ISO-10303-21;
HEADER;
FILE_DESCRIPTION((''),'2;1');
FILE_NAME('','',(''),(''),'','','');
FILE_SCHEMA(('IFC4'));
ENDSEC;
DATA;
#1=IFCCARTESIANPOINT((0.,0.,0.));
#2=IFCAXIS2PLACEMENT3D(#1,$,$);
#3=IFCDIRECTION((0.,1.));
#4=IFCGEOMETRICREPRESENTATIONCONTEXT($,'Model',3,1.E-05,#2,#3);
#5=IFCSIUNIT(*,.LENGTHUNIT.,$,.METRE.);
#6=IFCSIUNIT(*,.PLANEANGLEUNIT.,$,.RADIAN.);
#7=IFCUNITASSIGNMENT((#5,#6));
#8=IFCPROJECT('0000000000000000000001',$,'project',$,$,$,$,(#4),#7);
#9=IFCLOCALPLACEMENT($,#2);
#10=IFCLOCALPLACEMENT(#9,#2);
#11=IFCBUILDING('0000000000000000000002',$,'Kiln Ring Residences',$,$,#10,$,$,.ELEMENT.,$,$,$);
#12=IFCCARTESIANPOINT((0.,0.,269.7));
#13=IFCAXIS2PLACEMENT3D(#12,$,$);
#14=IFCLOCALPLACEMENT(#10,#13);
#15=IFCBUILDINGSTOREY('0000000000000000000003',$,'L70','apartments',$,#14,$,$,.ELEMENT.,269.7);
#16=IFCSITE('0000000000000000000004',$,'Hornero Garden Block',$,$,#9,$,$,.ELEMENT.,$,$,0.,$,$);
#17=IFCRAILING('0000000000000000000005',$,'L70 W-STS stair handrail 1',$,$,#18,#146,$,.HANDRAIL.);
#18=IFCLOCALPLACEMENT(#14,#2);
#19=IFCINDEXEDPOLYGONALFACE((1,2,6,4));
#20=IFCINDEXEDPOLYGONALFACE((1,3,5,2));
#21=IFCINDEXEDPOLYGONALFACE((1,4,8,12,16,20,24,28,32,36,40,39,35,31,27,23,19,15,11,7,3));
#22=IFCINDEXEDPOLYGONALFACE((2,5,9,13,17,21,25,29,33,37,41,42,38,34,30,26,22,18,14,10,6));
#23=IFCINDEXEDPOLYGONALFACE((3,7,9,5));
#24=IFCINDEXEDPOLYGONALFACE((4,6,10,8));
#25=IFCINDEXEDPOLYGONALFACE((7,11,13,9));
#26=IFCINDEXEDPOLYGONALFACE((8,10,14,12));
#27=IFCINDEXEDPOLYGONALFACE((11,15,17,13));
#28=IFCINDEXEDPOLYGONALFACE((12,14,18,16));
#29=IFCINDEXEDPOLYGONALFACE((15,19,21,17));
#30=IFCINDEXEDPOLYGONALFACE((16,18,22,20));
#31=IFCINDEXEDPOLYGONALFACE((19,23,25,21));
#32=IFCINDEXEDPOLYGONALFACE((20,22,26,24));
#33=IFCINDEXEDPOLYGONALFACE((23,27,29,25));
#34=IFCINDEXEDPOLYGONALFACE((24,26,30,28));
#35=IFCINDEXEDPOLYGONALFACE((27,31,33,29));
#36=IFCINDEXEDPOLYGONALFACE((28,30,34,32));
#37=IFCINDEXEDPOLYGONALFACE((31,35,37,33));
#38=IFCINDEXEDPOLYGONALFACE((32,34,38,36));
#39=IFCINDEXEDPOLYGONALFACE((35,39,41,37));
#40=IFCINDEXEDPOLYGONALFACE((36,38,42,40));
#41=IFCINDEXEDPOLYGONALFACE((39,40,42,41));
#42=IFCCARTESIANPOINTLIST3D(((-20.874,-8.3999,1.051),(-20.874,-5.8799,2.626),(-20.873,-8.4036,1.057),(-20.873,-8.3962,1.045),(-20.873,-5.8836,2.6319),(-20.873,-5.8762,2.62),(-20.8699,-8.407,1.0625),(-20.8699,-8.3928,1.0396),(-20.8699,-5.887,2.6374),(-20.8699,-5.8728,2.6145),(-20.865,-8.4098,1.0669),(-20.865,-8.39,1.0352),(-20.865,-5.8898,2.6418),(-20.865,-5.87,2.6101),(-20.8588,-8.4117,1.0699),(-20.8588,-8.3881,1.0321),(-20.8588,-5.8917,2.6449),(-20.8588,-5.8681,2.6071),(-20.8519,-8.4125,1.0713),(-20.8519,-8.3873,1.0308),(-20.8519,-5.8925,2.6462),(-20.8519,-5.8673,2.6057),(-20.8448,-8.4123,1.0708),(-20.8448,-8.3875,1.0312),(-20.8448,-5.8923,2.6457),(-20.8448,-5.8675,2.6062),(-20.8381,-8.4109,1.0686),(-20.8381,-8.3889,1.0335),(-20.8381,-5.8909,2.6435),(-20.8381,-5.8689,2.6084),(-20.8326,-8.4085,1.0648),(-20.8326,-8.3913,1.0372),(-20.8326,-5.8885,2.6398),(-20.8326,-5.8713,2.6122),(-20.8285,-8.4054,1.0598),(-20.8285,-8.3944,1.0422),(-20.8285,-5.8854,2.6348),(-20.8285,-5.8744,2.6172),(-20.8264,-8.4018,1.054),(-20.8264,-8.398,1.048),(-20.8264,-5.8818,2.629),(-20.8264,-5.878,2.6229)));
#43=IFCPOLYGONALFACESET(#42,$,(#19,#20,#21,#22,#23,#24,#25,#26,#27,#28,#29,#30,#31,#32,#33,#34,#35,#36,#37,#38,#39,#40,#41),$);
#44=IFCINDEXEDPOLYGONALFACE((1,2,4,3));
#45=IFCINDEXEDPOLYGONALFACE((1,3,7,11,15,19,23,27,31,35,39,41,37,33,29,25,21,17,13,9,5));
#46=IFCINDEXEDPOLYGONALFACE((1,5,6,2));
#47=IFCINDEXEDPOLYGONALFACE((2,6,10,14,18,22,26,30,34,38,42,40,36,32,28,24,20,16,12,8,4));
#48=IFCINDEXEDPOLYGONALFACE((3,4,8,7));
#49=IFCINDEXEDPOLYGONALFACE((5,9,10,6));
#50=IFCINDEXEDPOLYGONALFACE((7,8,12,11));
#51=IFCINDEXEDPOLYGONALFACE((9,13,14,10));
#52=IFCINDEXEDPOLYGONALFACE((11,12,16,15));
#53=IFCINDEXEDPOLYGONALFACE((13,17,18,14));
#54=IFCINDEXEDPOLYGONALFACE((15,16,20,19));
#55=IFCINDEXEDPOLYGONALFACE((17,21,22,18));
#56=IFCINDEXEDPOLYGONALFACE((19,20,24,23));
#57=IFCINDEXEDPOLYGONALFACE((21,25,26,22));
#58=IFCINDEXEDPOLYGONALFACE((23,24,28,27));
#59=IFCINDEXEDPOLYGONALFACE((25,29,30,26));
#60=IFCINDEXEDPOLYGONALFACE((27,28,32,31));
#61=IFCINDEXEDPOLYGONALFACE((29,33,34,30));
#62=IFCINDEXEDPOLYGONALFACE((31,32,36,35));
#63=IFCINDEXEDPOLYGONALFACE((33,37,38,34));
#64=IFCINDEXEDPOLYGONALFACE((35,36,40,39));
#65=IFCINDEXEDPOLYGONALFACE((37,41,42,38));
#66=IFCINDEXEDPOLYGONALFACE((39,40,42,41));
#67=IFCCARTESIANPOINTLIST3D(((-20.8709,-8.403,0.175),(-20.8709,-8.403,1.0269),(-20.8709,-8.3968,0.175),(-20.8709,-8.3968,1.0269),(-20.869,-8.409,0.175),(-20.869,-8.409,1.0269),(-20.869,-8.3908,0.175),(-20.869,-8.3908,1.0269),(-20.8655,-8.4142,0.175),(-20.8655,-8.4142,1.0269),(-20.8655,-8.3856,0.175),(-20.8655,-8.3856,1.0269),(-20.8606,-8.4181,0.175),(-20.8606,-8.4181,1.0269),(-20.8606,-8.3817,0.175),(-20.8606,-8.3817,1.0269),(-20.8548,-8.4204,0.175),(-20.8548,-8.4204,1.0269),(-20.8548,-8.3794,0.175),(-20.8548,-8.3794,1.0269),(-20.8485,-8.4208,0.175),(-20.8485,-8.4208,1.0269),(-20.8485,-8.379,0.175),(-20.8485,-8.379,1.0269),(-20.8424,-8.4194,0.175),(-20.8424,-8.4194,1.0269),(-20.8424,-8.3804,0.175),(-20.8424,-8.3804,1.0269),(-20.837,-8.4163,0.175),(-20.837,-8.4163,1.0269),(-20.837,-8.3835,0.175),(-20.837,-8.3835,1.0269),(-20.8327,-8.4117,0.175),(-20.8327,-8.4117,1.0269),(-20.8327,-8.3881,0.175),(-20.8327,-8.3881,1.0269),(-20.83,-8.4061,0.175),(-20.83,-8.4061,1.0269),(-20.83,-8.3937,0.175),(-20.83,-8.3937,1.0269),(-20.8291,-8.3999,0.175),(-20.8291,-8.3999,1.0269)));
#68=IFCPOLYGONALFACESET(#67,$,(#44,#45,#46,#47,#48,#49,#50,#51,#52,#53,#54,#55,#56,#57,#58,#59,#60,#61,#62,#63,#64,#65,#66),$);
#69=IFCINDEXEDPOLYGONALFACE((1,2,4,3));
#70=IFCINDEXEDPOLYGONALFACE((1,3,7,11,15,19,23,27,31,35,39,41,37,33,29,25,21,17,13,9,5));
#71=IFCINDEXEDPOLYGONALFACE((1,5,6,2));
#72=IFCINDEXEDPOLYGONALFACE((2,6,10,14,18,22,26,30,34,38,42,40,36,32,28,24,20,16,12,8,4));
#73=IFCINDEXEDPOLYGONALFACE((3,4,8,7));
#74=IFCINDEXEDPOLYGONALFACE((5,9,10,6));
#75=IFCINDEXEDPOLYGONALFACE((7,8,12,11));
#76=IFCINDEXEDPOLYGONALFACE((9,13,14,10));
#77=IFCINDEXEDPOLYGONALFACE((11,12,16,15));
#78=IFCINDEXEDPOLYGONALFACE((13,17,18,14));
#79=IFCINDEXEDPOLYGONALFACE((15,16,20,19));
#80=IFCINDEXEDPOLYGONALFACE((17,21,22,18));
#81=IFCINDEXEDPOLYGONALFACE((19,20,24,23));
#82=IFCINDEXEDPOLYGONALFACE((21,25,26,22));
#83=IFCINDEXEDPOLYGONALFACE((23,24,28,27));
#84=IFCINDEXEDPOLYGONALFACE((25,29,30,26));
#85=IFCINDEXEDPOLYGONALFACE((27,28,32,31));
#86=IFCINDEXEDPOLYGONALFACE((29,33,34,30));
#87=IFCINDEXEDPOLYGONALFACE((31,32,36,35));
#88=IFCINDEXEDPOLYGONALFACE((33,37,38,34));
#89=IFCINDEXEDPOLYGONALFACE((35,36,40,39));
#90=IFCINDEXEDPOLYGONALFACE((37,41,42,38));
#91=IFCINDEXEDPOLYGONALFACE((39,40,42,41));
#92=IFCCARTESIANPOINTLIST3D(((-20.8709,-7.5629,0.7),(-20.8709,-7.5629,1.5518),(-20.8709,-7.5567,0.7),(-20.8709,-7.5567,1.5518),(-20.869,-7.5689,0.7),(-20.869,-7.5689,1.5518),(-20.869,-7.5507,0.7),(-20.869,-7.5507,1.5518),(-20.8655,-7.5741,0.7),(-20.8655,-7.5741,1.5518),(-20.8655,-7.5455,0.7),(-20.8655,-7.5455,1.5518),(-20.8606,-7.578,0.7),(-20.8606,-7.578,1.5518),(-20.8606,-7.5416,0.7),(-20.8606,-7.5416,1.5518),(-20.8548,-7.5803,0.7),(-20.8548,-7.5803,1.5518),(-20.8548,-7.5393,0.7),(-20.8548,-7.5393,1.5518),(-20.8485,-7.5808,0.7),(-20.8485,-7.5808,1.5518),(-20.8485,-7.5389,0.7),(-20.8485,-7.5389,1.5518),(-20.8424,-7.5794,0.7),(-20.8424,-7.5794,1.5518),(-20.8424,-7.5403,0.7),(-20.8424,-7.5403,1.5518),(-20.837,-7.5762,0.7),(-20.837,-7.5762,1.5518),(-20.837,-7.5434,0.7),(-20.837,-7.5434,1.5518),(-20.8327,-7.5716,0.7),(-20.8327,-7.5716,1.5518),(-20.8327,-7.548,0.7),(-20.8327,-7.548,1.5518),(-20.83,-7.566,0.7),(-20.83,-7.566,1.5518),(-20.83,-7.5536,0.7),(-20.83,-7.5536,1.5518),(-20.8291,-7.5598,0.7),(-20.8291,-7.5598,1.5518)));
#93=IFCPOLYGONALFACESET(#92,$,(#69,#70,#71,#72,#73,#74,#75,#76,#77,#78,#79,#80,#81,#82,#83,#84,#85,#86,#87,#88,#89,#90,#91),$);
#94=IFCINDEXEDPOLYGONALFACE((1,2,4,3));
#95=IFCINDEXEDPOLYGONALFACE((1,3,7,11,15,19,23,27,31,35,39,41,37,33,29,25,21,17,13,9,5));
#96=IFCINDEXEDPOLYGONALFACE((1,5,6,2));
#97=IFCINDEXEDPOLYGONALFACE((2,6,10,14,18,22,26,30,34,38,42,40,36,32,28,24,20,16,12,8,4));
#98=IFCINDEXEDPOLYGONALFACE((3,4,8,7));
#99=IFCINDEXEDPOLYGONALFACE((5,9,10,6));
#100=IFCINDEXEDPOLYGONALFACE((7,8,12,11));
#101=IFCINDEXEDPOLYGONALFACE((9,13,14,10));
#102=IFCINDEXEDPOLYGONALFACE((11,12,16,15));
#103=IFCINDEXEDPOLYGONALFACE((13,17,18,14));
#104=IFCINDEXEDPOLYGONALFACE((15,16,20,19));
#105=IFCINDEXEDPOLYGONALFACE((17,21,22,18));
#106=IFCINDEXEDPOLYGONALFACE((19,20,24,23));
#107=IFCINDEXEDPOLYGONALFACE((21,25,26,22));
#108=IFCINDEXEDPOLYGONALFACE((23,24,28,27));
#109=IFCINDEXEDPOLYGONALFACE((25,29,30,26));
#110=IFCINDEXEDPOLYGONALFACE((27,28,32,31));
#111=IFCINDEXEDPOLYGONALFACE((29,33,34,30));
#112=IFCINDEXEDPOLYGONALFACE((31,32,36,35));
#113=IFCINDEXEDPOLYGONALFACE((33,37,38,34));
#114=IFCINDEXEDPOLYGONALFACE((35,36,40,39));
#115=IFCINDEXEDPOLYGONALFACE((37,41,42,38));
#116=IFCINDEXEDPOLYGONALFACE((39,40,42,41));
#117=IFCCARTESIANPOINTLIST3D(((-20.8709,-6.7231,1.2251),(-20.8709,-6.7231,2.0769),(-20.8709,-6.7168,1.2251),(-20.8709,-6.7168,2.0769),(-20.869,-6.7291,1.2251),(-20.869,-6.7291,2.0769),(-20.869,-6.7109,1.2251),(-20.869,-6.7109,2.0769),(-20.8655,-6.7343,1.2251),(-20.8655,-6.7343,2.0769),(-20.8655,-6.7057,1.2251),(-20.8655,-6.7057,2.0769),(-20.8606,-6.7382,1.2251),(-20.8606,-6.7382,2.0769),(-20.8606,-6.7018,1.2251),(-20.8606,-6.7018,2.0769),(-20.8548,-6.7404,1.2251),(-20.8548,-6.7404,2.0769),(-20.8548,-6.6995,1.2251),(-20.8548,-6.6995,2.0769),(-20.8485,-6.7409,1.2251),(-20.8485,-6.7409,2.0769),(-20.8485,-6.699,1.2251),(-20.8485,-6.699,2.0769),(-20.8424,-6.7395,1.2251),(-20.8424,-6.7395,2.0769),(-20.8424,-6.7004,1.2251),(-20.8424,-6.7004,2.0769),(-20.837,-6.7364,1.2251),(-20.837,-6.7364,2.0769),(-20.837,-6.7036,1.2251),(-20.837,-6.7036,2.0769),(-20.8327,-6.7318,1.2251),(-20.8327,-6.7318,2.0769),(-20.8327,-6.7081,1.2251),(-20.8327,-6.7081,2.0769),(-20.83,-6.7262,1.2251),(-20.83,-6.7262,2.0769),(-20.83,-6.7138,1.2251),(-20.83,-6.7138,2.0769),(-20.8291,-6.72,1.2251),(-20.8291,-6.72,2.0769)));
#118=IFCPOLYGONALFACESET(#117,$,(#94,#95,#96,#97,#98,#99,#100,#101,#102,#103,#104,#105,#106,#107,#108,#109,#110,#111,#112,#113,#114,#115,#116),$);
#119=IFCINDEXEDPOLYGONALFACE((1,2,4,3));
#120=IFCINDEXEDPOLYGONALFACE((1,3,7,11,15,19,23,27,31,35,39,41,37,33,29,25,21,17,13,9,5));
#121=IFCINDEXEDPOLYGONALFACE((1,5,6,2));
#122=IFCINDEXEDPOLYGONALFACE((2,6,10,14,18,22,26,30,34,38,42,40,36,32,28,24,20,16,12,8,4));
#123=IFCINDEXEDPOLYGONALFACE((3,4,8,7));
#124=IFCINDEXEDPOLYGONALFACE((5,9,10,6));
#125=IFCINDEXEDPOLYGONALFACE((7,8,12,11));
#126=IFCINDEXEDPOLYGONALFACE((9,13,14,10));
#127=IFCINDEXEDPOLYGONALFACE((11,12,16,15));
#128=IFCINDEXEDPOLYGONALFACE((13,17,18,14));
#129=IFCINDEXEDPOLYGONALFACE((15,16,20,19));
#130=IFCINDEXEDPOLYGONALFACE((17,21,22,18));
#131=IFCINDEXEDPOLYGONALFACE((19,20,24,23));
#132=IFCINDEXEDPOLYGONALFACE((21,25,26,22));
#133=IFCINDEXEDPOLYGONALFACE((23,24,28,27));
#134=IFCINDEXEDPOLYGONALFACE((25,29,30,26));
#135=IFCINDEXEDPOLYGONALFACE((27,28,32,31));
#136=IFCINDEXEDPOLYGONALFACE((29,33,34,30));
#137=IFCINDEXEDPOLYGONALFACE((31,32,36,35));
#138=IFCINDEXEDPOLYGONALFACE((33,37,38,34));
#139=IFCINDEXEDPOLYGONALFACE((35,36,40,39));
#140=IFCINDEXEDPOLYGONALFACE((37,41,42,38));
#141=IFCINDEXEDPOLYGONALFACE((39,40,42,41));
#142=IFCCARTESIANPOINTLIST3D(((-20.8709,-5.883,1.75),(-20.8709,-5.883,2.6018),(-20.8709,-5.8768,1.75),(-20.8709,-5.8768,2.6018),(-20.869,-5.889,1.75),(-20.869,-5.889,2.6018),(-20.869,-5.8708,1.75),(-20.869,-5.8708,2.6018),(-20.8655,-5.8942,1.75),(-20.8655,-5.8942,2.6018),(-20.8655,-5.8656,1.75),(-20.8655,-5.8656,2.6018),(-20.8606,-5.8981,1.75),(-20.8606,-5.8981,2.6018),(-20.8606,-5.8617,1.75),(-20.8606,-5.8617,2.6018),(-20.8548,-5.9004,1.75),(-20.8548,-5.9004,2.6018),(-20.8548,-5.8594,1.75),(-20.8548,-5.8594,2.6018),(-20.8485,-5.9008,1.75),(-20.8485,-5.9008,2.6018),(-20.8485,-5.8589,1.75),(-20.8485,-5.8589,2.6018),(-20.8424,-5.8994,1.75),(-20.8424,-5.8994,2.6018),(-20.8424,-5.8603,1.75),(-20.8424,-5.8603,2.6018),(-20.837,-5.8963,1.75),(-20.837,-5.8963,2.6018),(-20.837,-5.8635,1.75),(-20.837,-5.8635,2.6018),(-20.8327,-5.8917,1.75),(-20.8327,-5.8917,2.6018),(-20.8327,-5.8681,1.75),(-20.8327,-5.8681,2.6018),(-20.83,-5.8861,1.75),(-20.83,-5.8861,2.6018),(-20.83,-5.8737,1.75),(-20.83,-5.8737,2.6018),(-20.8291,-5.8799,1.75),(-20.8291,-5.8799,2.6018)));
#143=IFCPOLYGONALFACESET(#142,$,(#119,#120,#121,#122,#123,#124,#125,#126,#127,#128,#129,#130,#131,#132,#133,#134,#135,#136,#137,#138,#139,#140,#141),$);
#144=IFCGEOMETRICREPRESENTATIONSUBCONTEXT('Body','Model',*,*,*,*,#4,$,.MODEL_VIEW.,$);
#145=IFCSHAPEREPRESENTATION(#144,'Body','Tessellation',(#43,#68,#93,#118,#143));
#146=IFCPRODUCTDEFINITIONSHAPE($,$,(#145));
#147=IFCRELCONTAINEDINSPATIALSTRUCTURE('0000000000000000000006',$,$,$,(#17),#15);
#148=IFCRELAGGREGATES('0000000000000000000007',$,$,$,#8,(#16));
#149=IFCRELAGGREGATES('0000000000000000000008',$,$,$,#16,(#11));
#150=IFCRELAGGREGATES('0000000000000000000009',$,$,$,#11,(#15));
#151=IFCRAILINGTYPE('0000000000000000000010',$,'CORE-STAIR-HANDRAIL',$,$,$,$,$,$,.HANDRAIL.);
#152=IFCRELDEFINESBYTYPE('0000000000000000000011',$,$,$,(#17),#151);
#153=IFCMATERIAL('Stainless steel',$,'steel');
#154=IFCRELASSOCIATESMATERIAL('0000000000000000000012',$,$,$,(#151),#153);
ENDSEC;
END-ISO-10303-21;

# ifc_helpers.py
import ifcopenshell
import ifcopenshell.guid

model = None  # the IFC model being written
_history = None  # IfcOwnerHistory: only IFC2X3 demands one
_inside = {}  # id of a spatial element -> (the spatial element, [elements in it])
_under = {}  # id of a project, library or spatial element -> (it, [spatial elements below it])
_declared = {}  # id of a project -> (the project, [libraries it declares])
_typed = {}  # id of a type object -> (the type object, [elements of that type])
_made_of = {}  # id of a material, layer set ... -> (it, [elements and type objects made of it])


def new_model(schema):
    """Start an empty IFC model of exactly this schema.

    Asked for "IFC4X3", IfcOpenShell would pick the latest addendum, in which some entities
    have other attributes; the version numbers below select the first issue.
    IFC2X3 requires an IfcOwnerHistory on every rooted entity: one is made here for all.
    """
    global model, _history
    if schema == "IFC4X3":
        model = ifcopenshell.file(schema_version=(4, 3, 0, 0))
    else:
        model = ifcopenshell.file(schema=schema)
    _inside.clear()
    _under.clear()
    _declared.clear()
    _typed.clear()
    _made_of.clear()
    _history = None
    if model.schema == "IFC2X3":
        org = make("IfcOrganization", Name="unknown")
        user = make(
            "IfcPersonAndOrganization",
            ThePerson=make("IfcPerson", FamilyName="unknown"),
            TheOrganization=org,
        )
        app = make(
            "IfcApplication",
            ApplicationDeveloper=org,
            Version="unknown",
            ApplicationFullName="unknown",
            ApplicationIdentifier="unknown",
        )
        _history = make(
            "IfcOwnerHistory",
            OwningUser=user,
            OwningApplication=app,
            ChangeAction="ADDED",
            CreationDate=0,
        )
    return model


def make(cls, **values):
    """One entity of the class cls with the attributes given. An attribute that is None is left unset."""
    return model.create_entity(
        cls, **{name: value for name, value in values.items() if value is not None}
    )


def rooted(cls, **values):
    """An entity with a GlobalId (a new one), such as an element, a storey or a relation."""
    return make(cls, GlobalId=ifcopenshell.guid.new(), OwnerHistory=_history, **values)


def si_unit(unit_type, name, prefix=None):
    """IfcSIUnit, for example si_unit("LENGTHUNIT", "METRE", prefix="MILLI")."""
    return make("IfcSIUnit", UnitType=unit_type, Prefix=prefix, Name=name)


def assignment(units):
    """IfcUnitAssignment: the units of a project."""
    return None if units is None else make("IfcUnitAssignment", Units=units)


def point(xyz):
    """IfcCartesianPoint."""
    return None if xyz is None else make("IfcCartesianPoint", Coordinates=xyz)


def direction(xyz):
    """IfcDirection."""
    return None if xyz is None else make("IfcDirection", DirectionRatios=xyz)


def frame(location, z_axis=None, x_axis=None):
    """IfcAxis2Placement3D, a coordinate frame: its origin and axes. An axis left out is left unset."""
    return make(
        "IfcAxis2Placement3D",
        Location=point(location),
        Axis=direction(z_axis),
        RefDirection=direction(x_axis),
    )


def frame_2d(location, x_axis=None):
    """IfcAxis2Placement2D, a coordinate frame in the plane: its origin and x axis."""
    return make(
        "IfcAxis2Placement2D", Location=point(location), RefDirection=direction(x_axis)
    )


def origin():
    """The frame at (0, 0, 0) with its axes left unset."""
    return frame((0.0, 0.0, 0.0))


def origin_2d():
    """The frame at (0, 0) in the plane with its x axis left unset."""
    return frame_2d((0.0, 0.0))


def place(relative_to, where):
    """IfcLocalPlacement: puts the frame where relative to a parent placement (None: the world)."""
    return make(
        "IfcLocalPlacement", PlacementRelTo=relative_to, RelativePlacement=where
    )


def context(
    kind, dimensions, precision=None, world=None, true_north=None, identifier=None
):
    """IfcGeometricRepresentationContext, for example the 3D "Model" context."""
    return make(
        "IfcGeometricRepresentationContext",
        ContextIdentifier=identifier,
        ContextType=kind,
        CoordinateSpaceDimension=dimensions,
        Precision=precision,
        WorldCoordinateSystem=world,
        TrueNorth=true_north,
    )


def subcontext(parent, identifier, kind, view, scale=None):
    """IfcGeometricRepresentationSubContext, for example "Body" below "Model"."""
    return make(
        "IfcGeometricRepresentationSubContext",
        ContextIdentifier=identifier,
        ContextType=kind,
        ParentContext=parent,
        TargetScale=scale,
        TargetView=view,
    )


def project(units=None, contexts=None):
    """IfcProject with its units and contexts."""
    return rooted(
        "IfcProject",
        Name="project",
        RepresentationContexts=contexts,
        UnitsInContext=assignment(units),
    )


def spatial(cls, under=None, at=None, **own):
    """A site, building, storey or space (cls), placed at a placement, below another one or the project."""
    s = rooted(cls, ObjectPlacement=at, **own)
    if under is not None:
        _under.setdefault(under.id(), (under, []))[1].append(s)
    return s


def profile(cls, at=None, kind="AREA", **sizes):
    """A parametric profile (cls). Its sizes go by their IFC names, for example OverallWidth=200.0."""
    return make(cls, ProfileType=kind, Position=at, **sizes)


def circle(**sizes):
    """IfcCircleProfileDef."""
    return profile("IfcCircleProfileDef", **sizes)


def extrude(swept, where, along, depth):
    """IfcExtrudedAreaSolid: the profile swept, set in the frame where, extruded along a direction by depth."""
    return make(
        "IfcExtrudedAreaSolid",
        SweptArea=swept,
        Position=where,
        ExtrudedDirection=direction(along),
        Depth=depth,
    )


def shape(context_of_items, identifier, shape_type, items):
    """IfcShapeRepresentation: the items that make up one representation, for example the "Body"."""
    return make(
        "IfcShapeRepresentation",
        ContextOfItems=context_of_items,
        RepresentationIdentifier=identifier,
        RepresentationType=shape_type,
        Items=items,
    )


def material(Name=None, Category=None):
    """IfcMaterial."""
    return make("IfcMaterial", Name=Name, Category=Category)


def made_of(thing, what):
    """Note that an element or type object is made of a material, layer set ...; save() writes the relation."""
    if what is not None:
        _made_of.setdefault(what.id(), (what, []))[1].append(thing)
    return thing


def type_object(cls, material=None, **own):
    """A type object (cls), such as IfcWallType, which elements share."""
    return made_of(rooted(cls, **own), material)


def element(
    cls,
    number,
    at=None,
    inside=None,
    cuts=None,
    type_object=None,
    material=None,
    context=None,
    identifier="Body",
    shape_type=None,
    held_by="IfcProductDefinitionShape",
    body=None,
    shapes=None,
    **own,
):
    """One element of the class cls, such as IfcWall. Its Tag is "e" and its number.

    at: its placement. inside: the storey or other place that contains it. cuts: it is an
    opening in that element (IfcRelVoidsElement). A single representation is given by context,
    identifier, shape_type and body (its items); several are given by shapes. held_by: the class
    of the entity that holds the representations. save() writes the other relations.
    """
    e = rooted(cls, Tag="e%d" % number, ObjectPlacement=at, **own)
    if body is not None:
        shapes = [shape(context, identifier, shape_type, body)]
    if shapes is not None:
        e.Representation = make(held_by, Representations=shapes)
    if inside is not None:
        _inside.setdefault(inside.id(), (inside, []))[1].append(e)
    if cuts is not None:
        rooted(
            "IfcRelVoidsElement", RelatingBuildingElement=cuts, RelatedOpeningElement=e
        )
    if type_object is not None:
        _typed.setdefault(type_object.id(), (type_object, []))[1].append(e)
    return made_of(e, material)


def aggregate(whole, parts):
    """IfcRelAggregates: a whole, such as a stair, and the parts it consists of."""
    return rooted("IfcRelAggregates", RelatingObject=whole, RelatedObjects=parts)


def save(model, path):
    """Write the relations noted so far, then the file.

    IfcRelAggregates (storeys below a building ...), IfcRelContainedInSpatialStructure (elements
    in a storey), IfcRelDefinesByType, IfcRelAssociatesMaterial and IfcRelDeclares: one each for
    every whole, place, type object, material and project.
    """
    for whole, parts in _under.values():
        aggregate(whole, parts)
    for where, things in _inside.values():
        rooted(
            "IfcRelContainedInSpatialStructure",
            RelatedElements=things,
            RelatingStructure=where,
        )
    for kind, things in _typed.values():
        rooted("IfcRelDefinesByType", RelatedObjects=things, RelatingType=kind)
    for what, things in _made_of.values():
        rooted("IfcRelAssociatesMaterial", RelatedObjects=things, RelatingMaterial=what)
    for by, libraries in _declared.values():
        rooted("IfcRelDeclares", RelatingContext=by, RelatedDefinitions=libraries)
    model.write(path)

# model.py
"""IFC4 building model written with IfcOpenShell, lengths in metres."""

from ifc_helpers import new_model, si_unit, direction, frame, origin, origin_2d, place, context, subcontext, project, spatial, circle, extrude, material, type_object, element, save


model = new_model("IFC4")

# Units and contexts
model_context = context("Model", 3, precision=1e-05, world=origin(), true_north=direction((0.0, 1.0)))
body_context = subcontext(model_context, "Body", "Model", "MODEL_VIEW")
ifc_project = project(units=[si_unit("LENGTHUNIT", "METRE"), si_unit("PLANEANGLEUNIT", "RADIAN")], contexts=[model_context])

# Site, building, storey
site_placement = place(None, origin())
site = spatial("IfcSite", under=ifc_project, at=site_placement, Name="Hornero Garden Block", CompositionType="ELEMENT", RefElevation=0.0)
building_placement = place(site_placement, origin())
building = spatial("IfcBuilding", under=site, at=building_placement, Name="Kiln Ring Residences", CompositionType="ELEMENT")
storey_placement = place(building_placement, frame((0.0, 0.0, 269.7)))
storey = spatial("IfcBuildingStorey", under=building, at=storey_placement, Name="L70", Description="apartments", CompositionType="ELEMENT", Elevation=269.7)

# Railing
ifc_material_1 = material(Name="Stainless steel", Category="steel")
railing_type_1 = type_object("IfcRailingType", Name="CORE-STAIR-HANDRAIL", PredefinedType="HANDRAIL", material=ifc_material_1)
railing_1_placement = place(storey_placement, frame((-20.8501, -8.3999, 0.175)))
element("IfcRailing", 1, at=railing_1_placement, inside=storey, type_object=railing_type_1, Name="L70 W-STS stair handrail 1", PredefinedType="HANDRAIL", context=body_context, shape_type="SweptSolid", body=[
    extrude(circle(Radius=0.0239, at=origin_2d()), frame((0.0, 0.0, 0.876), z_axis=(0.0, 0.848008, 0.529984), x_axis=(-1.0, 0.0, 0.0)), (0.0, 0.0, 1.0), 2.9717),
    extrude(circle(Radius=0.021, at=origin_2d()), origin(), (0.0, 0.0, 1.0), 0.8518),
    extrude(circle(Radius=0.021, at=origin_2d()), frame((0.0, 0.8401, 0.5249)), (0.0, 0.0, 1.0), 0.8518),
    extrude(circle(Radius=0.021, at=origin_2d()), frame((0.0, 1.6799, 1.05)), (0.0, 0.0, 1.0), 0.8518),
    extrude(circle(Radius=0.021, at=origin_2d()), frame((0.0, 2.52, 1.575)), (0.0, 0.0, 1.0), 0.8518),
])

save(model, "model.ifc")
